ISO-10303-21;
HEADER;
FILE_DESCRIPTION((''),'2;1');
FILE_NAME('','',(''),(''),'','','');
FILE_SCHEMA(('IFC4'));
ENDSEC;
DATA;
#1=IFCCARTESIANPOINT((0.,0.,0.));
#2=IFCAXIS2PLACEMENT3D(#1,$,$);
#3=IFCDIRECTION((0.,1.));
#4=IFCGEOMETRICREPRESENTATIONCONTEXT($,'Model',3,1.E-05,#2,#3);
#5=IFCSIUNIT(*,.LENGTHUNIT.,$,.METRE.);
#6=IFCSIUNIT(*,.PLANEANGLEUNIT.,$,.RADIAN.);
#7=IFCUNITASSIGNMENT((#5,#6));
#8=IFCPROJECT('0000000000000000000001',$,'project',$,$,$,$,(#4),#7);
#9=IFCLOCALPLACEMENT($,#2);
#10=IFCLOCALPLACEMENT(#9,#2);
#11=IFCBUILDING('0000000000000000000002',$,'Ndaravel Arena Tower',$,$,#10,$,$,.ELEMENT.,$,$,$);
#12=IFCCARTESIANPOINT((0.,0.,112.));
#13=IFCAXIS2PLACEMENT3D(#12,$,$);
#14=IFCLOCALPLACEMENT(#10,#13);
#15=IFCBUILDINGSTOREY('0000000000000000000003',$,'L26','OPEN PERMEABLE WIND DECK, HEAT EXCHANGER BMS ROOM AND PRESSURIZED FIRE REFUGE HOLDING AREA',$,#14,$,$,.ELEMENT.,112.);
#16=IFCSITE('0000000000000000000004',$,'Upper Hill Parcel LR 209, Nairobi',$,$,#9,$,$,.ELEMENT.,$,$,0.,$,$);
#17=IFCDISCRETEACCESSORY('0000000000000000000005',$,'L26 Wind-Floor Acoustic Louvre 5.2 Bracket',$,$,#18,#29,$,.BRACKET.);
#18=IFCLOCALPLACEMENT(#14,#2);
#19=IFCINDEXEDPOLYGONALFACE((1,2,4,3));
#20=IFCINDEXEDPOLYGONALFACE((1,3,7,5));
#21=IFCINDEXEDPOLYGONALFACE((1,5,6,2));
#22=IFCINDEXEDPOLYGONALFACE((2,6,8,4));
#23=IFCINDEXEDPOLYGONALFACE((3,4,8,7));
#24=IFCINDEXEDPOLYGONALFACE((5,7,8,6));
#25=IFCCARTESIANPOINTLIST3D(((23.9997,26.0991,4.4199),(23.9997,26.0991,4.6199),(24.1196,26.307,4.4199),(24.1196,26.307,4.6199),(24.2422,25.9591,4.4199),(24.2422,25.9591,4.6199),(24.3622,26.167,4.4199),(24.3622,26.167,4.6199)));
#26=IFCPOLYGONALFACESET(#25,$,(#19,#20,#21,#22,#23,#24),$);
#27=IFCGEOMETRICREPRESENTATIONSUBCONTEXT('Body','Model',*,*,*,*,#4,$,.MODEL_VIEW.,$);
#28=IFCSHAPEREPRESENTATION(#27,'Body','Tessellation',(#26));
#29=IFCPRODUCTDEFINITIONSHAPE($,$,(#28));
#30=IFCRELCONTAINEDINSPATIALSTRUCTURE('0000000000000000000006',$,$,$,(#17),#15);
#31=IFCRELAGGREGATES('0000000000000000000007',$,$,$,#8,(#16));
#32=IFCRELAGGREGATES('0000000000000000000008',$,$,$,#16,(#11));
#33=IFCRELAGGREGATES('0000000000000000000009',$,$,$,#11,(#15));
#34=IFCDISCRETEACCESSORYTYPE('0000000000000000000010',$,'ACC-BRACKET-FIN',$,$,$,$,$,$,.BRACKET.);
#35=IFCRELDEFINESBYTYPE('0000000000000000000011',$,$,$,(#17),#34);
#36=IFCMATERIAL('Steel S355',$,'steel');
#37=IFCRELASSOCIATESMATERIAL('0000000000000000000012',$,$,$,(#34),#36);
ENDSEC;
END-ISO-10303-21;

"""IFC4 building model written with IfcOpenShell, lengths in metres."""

from ifc_helpers import new_model, si_unit, direction, frame, origin, origin_2d, place, context, subcontext, project, spatial, rectangle, extrude, material, type_object, element, save


model = new_model("IFC4")

# Units and contexts
model_context = context("Model", 3, precision=1e-05, world=origin(), true_north=direction((0.0, 1.0)))
body_context = subcontext(model_context, "Body", "Model", "MODEL_VIEW")
ifc_project = project(units=[si_unit("LENGTHUNIT", "METRE"), si_unit("PLANEANGLEUNIT", "RADIAN")], contexts=[model_context])

# Site, building, storey
site_placement = place(None, origin())
site = spatial("IfcSite", under=ifc_project, at=site_placement, Name="Upper Hill Parcel LR 209, Nairobi", CompositionType="ELEMENT", RefElevation=0.0)
building_placement = place(site_placement, origin())
building = spatial("IfcBuilding", under=site, at=building_placement, Name="Ndaravel Arena Tower", CompositionType="ELEMENT")
storey_placement = place(building_placement, frame((0.0, 0.0, 112.0)))
storey = spatial("IfcBuildingStorey", under=building, at=storey_placement, Name="L26", Description="OPEN PERMEABLE WIND DECK, HEAT EXCHANGER BMS ROOM AND PRESSURIZED FIRE REFUGE HOLDING AREA", CompositionType="ELEMENT", Elevation=112.0)

# Discrete accessory
ifc_material_1 = material(Name="Steel S355", Category="steel")
discrete_accessory_type = type_object("IfcDiscreteAccessoryType", Name="ACC-BRACKET-FIN", PredefinedType="BRACKET", material=ifc_material_1)
for number, where, z_axis, x_axis, name in (
    (1, (24.1809, 26.1331, 4.4199), (0.0, 0.0, 1.0), (-0.866025, 0.5, 0.0), "L26 Wind-Floor Acoustic Louvre 5.2 Bracket"),
):
    element("IfcDiscreteAccessory", number, at=place(storey_placement, frame(where, z_axis=z_axis, x_axis=x_axis)), inside=storey, type_object=discrete_accessory_type, Name=name, PredefinedType="BRACKET", context=body_context, shape_type="SweptSolid", body=[
        extrude(rectangle(XDim=0.28, YDim=0.24, at=origin_2d()), origin(), (0.0, 0.0, 1.0), 0.2),
    ])

save(model, "model.ifc")
